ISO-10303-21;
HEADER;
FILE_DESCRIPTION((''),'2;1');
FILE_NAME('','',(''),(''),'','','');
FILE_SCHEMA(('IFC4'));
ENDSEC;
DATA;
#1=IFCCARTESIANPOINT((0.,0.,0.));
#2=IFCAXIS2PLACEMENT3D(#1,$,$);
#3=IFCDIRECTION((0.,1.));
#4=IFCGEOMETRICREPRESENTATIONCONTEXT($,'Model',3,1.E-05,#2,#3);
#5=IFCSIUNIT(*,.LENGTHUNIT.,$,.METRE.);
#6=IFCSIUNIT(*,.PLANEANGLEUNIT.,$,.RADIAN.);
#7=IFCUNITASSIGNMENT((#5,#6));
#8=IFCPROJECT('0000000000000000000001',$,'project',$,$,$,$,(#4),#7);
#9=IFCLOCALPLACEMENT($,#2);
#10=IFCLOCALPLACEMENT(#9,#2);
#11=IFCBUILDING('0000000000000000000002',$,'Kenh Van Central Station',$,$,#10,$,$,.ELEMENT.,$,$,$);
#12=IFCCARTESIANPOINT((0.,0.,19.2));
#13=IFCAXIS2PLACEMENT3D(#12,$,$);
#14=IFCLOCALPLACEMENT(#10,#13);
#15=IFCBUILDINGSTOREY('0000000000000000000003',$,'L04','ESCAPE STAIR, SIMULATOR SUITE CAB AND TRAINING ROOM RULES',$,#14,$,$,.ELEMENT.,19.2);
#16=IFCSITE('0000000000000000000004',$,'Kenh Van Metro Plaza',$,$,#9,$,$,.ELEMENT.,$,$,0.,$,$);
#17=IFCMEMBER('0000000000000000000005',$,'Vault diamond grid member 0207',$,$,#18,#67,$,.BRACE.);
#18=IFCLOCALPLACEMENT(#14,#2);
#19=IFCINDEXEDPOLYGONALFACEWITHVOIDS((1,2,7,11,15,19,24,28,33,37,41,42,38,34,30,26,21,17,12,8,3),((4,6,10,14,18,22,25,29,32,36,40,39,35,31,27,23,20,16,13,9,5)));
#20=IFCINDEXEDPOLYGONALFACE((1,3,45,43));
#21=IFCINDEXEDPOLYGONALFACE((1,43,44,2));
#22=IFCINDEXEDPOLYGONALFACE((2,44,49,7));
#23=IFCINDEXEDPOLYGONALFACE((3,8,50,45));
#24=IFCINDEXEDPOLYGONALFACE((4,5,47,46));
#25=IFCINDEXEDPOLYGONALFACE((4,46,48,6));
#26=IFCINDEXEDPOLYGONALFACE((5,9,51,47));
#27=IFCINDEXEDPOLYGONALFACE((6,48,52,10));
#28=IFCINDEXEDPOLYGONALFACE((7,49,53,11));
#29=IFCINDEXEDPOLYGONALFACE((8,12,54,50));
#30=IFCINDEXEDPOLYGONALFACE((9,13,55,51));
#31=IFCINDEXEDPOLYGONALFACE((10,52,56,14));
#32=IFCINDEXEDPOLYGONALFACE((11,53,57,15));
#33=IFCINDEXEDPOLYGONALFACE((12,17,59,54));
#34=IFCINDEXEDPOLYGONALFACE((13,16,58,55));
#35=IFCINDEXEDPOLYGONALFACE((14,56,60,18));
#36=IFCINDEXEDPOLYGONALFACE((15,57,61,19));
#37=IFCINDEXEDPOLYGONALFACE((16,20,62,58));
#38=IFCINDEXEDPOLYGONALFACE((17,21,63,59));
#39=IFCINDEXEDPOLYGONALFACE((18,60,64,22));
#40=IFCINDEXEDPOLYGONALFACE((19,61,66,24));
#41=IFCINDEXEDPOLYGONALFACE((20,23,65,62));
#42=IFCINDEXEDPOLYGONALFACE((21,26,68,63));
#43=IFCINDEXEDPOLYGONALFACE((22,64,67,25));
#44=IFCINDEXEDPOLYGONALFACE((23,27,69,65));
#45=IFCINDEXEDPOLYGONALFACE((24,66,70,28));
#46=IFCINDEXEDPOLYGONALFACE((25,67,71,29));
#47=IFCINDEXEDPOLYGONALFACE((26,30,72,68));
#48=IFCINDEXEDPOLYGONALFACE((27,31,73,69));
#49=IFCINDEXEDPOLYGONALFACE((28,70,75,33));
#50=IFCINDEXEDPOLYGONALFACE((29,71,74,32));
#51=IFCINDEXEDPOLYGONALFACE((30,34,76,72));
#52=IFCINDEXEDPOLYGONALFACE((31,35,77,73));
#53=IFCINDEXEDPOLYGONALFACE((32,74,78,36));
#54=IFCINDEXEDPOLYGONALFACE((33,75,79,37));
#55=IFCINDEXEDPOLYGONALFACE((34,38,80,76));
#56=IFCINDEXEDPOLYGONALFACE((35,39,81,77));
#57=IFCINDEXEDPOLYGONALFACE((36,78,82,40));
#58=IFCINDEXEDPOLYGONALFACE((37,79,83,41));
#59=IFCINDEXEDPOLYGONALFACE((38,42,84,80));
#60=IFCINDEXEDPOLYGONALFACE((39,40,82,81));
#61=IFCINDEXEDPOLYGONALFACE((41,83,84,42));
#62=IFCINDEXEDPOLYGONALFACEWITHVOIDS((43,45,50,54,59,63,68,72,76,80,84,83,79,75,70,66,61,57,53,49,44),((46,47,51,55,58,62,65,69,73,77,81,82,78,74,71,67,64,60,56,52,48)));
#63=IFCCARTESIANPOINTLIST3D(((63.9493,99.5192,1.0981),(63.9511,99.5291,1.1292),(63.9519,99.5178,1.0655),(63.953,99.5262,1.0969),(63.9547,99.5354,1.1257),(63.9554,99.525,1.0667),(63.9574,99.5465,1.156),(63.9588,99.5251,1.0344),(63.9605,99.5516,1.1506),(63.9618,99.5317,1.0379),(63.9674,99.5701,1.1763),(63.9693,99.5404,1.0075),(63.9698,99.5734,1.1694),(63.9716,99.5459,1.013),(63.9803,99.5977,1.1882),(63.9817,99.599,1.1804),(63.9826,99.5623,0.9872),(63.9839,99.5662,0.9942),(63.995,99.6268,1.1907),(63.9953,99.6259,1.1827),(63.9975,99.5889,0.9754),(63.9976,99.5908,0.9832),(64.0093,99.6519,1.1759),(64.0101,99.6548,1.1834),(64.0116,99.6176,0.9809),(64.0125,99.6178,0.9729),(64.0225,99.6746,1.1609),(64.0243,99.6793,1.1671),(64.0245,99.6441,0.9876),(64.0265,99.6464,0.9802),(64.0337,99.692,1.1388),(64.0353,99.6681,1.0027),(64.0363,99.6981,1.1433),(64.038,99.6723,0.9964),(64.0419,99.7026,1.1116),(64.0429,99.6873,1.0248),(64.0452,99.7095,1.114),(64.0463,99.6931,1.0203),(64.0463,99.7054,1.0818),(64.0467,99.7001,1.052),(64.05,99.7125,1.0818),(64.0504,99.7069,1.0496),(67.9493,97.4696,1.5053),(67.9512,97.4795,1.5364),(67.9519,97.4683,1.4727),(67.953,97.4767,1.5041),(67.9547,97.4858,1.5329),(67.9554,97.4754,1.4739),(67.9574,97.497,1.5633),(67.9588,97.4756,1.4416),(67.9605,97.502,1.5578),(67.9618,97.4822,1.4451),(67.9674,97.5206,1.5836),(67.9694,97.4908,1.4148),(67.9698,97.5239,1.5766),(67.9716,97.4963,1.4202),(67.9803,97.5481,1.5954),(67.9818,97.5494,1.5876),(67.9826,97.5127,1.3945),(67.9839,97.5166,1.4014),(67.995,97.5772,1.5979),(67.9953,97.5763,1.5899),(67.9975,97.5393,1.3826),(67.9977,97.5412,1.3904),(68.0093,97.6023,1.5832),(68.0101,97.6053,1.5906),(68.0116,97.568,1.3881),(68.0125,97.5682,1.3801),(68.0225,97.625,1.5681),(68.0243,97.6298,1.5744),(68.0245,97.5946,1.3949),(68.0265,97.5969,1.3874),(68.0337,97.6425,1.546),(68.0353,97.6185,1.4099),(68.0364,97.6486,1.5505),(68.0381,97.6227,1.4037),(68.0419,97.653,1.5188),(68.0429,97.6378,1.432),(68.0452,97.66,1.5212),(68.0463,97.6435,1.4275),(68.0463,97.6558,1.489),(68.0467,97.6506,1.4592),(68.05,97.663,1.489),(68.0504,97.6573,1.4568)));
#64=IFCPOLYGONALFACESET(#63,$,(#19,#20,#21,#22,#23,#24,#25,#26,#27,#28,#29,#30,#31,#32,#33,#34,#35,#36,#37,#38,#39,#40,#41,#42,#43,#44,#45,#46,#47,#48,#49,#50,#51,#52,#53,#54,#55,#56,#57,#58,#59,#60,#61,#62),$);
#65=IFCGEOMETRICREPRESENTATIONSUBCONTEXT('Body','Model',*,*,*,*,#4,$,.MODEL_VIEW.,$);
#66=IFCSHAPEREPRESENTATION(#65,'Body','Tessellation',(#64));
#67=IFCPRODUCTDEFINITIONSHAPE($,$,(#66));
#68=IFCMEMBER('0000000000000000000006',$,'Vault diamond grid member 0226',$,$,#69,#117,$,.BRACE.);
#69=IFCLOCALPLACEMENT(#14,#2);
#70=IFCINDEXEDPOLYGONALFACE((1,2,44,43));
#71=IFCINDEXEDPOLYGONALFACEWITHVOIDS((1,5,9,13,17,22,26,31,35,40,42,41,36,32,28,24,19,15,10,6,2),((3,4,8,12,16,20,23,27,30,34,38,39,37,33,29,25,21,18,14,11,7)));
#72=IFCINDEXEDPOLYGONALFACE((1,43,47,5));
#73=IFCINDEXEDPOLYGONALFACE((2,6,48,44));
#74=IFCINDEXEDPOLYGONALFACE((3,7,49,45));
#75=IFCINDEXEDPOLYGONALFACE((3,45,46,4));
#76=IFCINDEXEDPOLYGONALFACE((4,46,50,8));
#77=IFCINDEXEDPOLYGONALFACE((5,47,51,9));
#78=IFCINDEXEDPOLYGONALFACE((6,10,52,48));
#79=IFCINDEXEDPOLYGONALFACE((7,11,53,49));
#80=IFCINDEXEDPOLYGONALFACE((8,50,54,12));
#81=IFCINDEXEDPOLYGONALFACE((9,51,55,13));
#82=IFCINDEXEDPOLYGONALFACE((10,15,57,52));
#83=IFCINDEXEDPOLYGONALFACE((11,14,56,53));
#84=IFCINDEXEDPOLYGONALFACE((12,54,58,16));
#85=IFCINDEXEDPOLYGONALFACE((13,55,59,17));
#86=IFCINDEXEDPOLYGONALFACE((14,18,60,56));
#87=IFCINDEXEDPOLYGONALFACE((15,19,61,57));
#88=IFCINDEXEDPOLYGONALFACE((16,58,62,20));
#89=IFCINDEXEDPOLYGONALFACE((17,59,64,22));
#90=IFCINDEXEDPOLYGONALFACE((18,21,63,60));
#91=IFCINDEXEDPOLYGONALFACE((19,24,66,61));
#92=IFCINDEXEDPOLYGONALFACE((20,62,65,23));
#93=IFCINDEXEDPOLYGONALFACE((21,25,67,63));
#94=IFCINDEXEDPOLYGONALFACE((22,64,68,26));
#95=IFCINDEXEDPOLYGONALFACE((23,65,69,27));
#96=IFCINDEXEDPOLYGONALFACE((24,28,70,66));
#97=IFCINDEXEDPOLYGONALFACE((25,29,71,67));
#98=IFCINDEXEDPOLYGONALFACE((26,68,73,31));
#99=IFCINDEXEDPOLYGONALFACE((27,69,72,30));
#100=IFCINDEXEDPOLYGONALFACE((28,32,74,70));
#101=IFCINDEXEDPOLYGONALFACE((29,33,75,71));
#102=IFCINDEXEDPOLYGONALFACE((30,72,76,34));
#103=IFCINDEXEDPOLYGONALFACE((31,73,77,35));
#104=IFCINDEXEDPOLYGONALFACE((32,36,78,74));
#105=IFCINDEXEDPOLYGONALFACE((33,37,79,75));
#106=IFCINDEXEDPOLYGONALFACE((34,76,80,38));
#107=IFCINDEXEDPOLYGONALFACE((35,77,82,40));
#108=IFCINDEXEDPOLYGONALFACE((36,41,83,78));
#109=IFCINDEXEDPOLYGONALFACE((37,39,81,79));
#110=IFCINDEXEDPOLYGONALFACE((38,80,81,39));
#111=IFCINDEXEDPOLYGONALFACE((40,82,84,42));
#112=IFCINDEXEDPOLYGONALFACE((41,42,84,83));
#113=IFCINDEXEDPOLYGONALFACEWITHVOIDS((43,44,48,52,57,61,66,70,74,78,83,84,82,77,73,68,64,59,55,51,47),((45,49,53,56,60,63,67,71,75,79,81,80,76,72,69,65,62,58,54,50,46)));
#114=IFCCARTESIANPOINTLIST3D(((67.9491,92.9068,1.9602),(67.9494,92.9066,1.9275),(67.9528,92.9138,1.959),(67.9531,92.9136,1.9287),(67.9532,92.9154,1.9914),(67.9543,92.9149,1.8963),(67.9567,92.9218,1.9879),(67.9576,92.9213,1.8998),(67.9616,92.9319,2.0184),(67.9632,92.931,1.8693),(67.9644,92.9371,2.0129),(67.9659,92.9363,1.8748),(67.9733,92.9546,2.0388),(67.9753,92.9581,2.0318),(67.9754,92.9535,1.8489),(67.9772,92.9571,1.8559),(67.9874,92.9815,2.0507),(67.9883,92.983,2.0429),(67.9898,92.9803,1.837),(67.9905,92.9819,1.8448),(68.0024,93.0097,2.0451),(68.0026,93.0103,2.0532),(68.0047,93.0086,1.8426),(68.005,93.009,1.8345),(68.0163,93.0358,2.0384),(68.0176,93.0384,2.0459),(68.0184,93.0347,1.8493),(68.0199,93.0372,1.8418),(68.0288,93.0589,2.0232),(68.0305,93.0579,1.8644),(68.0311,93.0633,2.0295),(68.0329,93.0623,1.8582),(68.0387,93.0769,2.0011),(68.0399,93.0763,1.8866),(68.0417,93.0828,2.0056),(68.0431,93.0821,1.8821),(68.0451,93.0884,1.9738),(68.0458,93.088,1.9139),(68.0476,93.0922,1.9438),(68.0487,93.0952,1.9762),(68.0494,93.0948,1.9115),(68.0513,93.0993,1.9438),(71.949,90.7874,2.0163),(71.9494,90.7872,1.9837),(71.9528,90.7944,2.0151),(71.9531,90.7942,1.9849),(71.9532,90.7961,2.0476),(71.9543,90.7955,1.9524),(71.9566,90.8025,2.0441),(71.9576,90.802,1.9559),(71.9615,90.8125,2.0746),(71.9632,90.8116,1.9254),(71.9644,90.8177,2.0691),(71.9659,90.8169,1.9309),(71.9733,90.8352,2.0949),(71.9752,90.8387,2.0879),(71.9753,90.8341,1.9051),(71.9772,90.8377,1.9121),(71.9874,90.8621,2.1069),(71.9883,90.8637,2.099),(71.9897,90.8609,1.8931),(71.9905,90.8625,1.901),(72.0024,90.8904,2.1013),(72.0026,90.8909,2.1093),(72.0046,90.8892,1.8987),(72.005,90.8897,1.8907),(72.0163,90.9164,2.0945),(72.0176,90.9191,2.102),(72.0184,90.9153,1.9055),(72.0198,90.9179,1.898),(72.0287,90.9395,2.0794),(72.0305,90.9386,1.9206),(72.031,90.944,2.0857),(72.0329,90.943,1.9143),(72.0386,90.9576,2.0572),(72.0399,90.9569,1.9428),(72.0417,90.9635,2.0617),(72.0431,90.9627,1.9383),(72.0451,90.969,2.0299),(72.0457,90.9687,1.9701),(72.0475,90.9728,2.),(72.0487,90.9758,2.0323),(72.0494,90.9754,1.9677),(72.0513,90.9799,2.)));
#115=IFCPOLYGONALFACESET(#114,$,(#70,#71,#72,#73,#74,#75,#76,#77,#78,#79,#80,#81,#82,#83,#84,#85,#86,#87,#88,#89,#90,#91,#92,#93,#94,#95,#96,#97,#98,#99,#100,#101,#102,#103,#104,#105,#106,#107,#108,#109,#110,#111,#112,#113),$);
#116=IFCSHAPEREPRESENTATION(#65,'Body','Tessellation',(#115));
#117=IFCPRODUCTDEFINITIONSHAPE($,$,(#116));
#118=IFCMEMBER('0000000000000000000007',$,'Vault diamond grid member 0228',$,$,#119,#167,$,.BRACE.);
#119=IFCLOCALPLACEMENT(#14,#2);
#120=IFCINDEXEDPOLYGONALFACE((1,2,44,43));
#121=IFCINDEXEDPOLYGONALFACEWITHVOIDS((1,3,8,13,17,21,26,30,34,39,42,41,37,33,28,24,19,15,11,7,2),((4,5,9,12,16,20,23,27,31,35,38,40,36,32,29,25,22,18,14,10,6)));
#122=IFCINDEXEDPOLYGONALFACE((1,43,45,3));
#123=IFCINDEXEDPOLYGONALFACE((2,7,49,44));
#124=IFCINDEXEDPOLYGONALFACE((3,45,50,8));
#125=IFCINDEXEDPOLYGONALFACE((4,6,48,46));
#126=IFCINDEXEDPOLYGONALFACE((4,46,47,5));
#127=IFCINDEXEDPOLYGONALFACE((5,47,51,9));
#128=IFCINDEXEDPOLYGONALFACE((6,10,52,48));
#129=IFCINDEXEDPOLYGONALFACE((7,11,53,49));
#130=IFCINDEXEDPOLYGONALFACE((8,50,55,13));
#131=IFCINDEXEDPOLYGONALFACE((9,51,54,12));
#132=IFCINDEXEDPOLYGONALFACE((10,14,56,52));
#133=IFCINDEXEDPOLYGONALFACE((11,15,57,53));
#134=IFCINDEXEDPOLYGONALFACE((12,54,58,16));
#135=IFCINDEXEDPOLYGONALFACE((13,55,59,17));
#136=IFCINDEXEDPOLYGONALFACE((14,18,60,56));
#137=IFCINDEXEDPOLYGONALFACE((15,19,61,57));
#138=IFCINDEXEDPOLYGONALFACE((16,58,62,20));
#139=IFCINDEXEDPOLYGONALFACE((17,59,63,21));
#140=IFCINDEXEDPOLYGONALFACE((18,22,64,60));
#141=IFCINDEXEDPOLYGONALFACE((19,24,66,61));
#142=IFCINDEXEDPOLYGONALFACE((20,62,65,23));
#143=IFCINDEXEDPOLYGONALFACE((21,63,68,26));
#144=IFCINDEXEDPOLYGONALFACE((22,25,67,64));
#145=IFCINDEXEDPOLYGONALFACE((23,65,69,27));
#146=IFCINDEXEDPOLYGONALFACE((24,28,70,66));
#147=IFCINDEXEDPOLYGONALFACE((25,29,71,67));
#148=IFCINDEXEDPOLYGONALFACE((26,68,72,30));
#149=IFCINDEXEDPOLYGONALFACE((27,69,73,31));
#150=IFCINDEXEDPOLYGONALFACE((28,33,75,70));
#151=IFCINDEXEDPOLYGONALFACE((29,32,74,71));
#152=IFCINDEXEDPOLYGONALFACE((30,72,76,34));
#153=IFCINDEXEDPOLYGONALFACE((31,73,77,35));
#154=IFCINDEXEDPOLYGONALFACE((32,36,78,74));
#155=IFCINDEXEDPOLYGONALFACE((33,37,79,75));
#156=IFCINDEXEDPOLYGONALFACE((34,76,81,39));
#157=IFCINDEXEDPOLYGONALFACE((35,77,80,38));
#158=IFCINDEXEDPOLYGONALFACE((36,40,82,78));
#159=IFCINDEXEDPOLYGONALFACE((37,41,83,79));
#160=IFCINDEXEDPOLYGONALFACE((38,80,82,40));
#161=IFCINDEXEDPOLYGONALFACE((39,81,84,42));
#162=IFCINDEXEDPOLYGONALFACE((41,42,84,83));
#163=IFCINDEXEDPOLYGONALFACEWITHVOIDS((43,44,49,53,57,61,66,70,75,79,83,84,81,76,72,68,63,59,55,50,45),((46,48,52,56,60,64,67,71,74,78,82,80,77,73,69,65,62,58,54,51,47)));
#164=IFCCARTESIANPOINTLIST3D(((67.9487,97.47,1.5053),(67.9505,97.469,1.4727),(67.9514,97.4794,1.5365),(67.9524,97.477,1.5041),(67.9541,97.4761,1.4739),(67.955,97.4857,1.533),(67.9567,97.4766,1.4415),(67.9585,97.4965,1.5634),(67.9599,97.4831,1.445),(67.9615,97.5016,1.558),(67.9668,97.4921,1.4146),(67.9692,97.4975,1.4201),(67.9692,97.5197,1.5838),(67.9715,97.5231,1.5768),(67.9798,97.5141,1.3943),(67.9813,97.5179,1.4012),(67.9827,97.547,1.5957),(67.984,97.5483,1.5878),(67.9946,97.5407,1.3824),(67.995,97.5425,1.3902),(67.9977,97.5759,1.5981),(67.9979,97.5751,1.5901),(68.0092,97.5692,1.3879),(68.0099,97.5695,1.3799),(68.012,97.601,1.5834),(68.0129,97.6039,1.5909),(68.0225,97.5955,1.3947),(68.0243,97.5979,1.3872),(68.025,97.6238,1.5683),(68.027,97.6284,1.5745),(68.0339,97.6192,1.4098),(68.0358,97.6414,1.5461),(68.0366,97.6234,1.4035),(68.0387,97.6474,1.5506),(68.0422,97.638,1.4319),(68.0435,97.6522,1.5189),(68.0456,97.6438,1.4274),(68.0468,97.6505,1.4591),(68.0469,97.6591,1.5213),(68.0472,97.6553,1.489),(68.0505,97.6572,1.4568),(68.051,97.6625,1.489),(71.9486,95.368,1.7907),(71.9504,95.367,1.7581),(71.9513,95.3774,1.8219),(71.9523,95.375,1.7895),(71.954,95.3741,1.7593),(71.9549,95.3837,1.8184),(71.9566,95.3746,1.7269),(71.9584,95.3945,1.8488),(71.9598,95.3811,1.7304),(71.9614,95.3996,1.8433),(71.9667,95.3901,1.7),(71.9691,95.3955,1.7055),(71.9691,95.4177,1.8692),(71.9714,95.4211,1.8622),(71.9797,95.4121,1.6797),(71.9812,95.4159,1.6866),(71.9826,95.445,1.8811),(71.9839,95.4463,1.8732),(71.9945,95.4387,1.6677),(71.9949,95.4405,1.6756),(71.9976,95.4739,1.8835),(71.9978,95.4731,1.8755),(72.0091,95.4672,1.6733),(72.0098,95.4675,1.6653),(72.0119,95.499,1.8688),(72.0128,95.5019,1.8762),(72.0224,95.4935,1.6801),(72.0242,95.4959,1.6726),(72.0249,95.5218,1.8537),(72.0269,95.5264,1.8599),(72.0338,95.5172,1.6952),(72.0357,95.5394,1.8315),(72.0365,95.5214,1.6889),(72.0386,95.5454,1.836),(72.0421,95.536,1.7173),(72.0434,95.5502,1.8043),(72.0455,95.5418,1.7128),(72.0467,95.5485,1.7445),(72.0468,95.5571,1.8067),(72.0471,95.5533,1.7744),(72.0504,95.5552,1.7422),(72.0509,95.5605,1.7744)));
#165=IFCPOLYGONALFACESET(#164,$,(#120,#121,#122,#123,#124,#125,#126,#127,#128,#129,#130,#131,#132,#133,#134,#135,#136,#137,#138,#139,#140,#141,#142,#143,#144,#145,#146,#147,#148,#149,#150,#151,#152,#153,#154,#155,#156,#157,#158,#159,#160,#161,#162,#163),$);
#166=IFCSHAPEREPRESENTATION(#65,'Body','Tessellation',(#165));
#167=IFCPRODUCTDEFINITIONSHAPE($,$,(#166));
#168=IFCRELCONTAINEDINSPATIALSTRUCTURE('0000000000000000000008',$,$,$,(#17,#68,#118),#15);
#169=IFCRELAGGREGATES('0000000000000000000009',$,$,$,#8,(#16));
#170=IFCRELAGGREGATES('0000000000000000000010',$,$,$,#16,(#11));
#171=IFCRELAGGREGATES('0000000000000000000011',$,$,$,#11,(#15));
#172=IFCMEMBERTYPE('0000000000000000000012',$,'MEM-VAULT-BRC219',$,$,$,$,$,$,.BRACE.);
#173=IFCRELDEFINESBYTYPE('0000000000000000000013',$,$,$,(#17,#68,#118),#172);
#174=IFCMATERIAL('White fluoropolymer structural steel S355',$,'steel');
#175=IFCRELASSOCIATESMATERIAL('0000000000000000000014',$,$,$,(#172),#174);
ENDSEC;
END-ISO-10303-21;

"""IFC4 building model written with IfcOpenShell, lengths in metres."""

from ifc_helpers import new_model, si_unit, direction, frame, origin, origin_2d, place, context, subcontext, project, spatial, hollow_circle, extrude, material, material_profile, profile_set, type_object, element, save


model = new_model("IFC4")

# Units and contexts
model_context = context("Model", 3, precision=1e-05, world=origin(), true_north=direction((0.0, 1.0)))
body_context = subcontext(model_context, "Body", "Model", "MODEL_VIEW")
ifc_project = project(units=[si_unit("LENGTHUNIT", "METRE"), si_unit("PLANEANGLEUNIT", "RADIAN")], contexts=[model_context])

# Site, building, storey
site_placement = place(None, origin())
site = spatial("IfcSite", under=ifc_project, at=site_placement, Name="Kenh Van Metro Plaza", CompositionType="ELEMENT", RefElevation=0.0)
building_placement = place(site_placement, origin())
building = spatial("IfcBuilding", under=site, at=building_placement, Name="Kenh Van Central Station", CompositionType="ELEMENT")
storey_placement = place(building_placement, frame((0.0, 0.0, 19.2)))
storey = spatial("IfcBuildingStorey", under=building, at=storey_placement, Name="L04", Description="ESCAPE STAIR, SIMULATOR SUITE CAB AND TRAINING ROOM RULES", CompositionType="ELEMENT", Elevation=19.2)

# Shared definitions
ifc_material_1 = material(Name="White fluoropolymer structural steel S355", Category="steel")

# Members
ifc_material_profile_1 = material_profile(ifc_material_1, hollow_circle(Radius=0.1096, WallThickness=0.0081, at=origin_2d()), Name="CHS 219.1x8")
ifc_profile_set_1 = profile_set([ifc_material_profile_1], Name="White fluoropolymer structural steel S355")
member_type_1 = type_object("IfcMemberType", Name="MEM-VAULT-BRC219", PredefinedType="BRACE", material=ifc_profile_set_1)
member_1_placement = place(storey_placement, frame((64.0, 99.615, 1.0818), z_axis=(0.886342, -0.454153, 0.090236), x_axis=(0.456013, 0.889973, 0.0)))
element("IfcMember", 1, at=member_1_placement, inside=storey, type_object=member_type_1, Name="Vault diamond grid member 0207", PredefinedType="BRACE", context=body_context, shape_type="SweptSolid", body=[
    extrude(hollow_circle(Radius=0.1096, WallThickness=0.0081, at=origin_2d()), origin(), (0.0, 0.0, 1.0), 4.5129),
])
member_2_placement = place(storey_placement, frame((68.0, 93.0024, 1.9438), z_axis=(0.883561, -0.468152, 0.012404), x_axis=(0.468188, 0.883629, 0.0)))
element("IfcMember", 2, at=member_2_placement, inside=storey, type_object=member_type_1, Name="Vault diamond grid member 0226", PredefinedType="BRACE", context=body_context, shape_type="SweptSolid", body=[
    extrude(hollow_circle(Radius=0.1096, WallThickness=0.0081, at=origin_2d()), origin(), (0.0, 0.0, 1.0), 4.5271),
])
member_3_placement = place(storey_placement, frame((68.0, 97.5654, 1.489), z_axis=(0.883451, -0.464265, 0.063034), x_axis=(0.46519, 0.885211, 0.0)))
element("IfcMember", 3, at=member_3_placement, inside=storey, type_object=member_type_1, Name="Vault diamond grid member 0228", PredefinedType="BRACE", context=body_context, shape_type="SweptSolid", body=[
    extrude(hollow_circle(Radius=0.1096, WallThickness=0.0081, at=origin_2d()), origin(), (0.0, 0.0, 1.0), 4.5276),
])

save(model, "model.ifc")
